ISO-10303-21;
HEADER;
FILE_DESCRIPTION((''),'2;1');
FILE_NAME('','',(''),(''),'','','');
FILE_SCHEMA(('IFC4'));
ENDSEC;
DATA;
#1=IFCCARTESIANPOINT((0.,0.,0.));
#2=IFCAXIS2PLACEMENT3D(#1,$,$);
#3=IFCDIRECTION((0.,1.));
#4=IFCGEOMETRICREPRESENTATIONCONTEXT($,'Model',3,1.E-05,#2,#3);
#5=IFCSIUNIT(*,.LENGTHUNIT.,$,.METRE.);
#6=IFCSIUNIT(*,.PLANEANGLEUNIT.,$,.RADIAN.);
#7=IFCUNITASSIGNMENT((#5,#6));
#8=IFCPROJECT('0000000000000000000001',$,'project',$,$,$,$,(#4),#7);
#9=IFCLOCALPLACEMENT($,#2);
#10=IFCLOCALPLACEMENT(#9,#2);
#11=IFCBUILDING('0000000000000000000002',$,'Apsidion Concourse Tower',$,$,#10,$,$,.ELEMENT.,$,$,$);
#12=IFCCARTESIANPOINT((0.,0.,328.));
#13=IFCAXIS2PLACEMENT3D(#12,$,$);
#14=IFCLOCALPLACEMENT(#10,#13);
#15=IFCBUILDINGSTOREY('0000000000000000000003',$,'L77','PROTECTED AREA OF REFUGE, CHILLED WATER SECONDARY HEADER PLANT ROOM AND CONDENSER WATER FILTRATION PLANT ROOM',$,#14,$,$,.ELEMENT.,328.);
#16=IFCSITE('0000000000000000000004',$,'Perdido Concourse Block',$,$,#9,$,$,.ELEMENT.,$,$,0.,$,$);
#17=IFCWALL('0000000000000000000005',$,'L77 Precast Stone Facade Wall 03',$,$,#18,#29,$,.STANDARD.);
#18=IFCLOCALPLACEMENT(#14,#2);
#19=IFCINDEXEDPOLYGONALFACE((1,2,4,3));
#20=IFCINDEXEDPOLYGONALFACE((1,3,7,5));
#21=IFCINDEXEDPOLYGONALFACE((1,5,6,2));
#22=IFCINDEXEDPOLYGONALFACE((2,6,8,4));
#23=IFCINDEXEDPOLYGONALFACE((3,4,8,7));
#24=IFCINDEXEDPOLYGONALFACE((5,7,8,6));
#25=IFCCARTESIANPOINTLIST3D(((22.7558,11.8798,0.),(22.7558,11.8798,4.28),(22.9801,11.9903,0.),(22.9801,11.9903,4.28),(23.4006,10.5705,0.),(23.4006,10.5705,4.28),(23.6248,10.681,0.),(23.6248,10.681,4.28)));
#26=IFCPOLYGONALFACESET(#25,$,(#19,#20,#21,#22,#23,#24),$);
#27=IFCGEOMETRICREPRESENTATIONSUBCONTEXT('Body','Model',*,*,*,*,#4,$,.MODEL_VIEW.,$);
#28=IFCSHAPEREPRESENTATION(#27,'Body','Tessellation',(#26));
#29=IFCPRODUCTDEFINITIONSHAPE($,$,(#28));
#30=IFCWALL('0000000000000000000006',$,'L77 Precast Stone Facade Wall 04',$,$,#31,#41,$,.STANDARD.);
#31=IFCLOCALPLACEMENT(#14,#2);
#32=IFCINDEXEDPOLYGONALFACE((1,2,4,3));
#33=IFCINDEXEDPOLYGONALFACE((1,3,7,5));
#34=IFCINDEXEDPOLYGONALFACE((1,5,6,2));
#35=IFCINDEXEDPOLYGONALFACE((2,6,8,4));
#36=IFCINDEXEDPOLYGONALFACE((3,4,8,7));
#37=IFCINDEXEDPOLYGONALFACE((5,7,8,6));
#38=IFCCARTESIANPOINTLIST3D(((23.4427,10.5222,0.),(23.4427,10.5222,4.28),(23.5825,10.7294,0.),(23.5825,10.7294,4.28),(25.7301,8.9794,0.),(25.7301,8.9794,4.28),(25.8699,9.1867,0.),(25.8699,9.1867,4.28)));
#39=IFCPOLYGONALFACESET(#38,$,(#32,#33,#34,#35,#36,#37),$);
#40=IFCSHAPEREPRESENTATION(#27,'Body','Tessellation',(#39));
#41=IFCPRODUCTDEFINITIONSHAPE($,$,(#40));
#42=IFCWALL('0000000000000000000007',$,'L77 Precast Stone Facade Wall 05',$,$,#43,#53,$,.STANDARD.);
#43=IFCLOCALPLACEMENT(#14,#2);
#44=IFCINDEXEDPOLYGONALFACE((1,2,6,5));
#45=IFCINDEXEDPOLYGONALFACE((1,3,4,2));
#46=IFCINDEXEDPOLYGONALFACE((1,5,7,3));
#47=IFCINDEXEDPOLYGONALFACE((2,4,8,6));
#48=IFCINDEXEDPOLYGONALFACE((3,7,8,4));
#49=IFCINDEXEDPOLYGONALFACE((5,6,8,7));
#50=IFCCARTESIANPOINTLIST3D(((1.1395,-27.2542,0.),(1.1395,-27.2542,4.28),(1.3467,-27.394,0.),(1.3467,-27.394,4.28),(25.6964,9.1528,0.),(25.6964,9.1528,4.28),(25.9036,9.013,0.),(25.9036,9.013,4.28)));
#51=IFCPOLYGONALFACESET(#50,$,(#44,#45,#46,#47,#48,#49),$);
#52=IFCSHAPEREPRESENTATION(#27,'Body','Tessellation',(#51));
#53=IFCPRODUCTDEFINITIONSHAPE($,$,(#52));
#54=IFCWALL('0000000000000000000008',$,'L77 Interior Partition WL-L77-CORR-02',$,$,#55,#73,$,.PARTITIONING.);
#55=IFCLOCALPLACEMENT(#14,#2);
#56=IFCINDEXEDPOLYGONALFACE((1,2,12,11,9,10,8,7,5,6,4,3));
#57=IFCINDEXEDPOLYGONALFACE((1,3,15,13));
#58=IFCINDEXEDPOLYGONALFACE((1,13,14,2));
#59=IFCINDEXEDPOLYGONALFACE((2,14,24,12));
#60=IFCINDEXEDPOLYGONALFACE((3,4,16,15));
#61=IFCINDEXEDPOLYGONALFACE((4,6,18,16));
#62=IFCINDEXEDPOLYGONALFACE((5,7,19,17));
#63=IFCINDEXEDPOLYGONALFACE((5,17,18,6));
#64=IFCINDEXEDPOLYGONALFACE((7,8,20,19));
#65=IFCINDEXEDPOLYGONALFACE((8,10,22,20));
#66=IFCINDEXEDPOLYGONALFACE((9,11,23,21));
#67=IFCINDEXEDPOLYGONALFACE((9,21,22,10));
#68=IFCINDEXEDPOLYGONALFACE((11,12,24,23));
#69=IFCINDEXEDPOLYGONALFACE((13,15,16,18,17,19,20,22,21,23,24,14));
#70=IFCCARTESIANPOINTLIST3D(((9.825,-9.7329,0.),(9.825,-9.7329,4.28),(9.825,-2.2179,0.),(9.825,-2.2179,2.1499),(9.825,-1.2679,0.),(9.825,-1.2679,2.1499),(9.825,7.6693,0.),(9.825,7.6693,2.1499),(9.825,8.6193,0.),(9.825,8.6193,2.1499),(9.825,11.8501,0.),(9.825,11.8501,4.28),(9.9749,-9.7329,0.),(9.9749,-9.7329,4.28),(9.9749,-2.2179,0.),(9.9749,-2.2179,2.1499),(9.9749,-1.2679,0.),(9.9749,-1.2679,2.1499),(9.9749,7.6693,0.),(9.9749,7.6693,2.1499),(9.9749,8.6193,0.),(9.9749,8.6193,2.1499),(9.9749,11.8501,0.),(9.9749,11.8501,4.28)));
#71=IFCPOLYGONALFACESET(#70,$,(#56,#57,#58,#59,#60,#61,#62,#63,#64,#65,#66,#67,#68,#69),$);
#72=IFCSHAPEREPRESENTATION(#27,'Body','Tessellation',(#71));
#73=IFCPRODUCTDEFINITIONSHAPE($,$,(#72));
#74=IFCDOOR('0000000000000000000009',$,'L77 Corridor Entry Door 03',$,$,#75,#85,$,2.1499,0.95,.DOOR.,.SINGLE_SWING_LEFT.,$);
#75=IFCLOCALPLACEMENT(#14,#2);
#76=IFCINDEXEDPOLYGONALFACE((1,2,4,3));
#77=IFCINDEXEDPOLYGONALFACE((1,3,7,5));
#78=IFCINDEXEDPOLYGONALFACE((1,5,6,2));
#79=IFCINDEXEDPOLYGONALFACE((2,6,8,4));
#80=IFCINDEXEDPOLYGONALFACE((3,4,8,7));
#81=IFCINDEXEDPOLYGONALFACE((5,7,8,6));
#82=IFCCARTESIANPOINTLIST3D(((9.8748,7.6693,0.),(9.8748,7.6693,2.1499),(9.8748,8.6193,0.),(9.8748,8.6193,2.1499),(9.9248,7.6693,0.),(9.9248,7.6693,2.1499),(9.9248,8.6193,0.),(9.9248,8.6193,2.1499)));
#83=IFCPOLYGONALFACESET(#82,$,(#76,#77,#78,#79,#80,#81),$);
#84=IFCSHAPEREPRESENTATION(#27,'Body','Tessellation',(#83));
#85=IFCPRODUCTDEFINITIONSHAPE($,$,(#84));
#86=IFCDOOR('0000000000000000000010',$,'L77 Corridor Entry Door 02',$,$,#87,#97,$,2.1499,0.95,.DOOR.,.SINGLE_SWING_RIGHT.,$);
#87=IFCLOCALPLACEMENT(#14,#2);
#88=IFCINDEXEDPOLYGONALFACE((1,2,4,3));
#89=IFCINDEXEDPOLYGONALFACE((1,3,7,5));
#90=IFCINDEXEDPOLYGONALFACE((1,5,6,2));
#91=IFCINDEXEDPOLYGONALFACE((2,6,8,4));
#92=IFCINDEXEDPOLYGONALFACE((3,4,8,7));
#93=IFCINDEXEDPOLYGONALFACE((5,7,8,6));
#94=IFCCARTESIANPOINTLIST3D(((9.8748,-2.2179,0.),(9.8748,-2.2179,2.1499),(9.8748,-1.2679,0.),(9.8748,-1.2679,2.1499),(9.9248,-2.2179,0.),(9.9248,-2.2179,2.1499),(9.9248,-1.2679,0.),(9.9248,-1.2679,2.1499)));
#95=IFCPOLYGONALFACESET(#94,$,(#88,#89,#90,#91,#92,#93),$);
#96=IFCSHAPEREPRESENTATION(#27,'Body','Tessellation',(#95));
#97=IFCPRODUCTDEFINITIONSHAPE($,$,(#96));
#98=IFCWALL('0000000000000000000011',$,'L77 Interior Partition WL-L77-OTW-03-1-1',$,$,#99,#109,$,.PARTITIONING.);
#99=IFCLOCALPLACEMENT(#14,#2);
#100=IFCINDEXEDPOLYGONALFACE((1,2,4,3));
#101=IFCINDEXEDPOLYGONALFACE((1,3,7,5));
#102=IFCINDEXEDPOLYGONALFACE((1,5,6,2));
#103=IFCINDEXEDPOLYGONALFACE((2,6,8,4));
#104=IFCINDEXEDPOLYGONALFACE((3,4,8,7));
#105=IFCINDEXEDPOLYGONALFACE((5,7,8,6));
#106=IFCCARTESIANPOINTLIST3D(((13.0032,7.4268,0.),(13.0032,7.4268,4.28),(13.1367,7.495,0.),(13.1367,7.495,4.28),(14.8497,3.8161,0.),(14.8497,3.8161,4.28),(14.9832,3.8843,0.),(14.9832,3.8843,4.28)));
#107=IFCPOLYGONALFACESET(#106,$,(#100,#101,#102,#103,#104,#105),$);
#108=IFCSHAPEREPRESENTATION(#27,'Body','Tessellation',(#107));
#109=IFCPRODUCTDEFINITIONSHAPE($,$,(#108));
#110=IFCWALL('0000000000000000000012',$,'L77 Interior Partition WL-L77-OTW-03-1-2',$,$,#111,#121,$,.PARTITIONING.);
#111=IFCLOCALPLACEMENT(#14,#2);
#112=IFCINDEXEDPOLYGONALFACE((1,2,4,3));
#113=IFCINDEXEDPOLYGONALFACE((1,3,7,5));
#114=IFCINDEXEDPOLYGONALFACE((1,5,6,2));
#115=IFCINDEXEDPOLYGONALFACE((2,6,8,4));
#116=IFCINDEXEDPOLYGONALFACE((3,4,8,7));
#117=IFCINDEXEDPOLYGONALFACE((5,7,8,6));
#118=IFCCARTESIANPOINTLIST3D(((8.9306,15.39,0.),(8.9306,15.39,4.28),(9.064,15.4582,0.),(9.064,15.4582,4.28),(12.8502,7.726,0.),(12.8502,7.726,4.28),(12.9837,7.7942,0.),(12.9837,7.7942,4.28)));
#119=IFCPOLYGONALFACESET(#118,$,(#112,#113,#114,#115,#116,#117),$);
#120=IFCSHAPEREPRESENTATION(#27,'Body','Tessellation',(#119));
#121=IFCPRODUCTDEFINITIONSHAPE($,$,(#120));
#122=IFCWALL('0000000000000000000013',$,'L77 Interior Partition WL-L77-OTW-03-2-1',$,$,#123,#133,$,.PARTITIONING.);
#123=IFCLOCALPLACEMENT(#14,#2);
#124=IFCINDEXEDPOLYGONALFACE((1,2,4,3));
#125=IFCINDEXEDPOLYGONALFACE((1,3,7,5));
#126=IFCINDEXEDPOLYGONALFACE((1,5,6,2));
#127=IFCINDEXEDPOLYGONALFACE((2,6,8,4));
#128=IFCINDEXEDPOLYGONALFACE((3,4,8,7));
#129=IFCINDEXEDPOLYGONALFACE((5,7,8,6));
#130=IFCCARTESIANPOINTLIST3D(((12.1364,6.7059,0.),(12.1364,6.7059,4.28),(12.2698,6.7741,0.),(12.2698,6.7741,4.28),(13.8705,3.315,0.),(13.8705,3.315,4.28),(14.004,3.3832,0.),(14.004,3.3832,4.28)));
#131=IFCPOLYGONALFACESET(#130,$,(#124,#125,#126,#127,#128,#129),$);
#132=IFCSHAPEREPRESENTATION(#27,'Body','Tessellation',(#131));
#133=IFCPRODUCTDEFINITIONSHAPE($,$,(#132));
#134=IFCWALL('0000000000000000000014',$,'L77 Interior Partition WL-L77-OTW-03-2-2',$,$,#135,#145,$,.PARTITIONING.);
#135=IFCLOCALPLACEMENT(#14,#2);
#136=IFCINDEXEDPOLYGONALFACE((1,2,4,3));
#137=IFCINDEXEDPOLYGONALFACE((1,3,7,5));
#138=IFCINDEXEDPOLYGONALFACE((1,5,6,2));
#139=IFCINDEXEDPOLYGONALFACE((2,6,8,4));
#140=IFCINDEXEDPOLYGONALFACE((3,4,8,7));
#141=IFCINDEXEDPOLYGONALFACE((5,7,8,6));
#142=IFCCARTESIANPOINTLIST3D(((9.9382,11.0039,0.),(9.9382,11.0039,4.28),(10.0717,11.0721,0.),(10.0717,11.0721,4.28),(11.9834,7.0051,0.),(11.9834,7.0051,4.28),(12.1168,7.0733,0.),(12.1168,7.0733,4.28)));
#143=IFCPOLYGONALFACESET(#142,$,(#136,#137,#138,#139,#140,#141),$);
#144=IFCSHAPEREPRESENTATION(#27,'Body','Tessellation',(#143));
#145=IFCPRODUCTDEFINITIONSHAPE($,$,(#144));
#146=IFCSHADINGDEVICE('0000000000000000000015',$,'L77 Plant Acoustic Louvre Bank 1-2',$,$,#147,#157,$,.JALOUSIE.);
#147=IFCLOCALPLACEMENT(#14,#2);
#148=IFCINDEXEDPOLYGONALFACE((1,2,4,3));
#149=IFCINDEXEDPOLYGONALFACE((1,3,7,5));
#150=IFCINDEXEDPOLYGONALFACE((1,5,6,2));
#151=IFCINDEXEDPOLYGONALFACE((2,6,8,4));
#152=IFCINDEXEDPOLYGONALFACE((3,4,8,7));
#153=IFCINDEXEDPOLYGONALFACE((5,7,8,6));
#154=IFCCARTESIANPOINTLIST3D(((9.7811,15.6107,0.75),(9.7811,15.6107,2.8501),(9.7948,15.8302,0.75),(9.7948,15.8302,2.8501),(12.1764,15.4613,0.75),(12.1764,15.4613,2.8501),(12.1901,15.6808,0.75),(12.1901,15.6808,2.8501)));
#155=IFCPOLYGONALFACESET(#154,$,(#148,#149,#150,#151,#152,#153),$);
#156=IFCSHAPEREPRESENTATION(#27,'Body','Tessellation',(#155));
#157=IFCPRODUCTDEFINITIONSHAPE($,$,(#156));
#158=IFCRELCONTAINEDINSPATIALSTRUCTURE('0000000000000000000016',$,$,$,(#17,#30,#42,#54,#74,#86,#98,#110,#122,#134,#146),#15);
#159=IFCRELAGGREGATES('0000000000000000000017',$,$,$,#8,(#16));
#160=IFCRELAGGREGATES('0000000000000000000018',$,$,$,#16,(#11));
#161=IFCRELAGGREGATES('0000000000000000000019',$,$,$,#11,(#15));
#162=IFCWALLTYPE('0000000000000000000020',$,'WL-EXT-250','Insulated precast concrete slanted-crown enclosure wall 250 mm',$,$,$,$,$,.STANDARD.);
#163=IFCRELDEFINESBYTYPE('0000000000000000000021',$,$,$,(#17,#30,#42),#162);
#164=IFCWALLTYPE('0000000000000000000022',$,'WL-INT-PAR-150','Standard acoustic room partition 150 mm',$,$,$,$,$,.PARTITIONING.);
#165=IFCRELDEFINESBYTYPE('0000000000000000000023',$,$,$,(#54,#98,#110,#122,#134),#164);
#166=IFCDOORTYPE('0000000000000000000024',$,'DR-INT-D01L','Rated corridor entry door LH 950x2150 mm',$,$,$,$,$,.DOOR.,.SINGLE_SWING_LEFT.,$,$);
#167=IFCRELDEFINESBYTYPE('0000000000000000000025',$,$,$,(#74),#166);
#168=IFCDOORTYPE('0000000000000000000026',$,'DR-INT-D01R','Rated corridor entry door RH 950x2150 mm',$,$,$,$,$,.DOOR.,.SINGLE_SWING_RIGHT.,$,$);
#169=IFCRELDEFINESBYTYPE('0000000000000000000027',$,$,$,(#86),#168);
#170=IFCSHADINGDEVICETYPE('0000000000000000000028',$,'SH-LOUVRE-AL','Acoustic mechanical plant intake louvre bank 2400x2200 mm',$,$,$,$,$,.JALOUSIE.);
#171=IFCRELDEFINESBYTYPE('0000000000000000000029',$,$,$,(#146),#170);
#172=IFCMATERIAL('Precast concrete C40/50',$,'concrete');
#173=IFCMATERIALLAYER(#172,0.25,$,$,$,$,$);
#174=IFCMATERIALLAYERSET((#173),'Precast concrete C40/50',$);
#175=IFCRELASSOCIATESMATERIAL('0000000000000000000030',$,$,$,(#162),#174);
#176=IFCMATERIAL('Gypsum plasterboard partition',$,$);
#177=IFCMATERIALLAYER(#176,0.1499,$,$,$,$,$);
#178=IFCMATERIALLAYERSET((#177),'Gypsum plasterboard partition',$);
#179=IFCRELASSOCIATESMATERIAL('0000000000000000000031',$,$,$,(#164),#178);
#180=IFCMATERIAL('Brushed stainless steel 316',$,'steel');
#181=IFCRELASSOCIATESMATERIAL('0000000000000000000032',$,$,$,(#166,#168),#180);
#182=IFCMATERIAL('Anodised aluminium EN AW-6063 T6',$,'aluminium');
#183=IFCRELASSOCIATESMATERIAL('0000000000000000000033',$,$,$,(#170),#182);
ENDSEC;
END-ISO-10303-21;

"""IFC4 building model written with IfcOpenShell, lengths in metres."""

from ifc_helpers import new_model, si_unit, direction, frame, frame_2d, origin, origin_2d, place, context, subcontext, project, spatial, rectangle, extrude, material, layer, layer_set, type_object, element, fill, save


model = new_model("IFC4")

# Units and contexts
model_context = context("Model", 3, precision=1e-05, world=origin(), true_north=direction((0.0, 1.0)))
body_context = subcontext(model_context, "Body", "Model", "MODEL_VIEW")
ifc_project = project(units=[si_unit("LENGTHUNIT", "METRE"), si_unit("PLANEANGLEUNIT", "RADIAN")], contexts=[model_context])

# Site, building, storey
site_placement = place(None, origin())
site = spatial("IfcSite", under=ifc_project, at=site_placement, Name="Perdido Concourse Block", CompositionType="ELEMENT", RefElevation=0.0)
building_placement = place(site_placement, origin())
building = spatial("IfcBuilding", under=site, at=building_placement, Name="Apsidion Concourse Tower", CompositionType="ELEMENT")
storey_placement = place(building_placement, frame((0.0, 0.0, 328.0)))
storey = spatial("IfcBuildingStorey", under=building, at=storey_placement, Name="L77", Description="PROTECTED AREA OF REFUGE, CHILLED WATER SECONDARY HEADER PLANT ROOM AND CONDENSER WATER FILTRATION PLANT ROOM", CompositionType="ELEMENT", Elevation=328.0)

# Walls
ifc_material_1 = material(Name="Precast concrete C40/50", Category="concrete")
ifc_layer_1 = layer(ifc_material_1, 0.25)
ifc_layer_set_1 = layer_set([ifc_layer_1], Name="Precast concrete C40/50")
wall_type_1 = type_object("IfcWallType", Name="WL-EXT-250", Description="Insulated precast concrete slanted-crown enclosure wall 250 mm", PredefinedType="STANDARD", material=ifc_layer_set_1)
wall_1_placement = place(storey_placement, frame((22.8679, 11.9351, 0.0), z_axis=(0.0, 0.0, 1.0), x_axis=(0.441786, -0.897121, 0.0)))
element("IfcWall", 1, at=wall_1_placement, inside=storey, type_object=wall_type_1, Name="L77 Precast Stone Facade Wall 03", PredefinedType="STANDARD", context=body_context, shape_type="SweptSolid", body=[
    extrude(rectangle(XDim=1.4595, YDim=0.25, at=frame_2d((0.7297, 0.0))), origin(), (0.0, 0.0, 1.0), 4.28),
])
wall_2_placement = place(storey_placement, frame((23.5127, 10.6257, 0.0), z_axis=(0.0, 0.0, 1.0), x_axis=(0.829057, -0.559164, 0.0)))
element("IfcWall", 2, at=wall_2_placement, inside=storey, type_object=wall_type_1, Name="L77 Precast Stone Facade Wall 04", PredefinedType="STANDARD", context=body_context, shape_type="SweptSolid", body=[
    extrude(rectangle(XDim=2.759, YDim=0.25, at=frame_2d((1.3794, 0.0))), origin(), (0.0, 0.0, 1.0), 4.28),
])
wall_3_placement = place(storey_placement, frame((25.8, 9.083, 0.0), z_axis=(0.0, 0.0, 1.0), x_axis=(-0.559194, -0.829037, 0.0)))
element("IfcWall", 3, at=wall_3_placement, inside=storey, type_object=wall_type_1, Name="L77 Precast Stone Facade Wall 05", PredefinedType="STANDARD", context=body_context, shape_type="SweptSolid", body=[
    extrude(rectangle(XDim=43.9148, YDim=0.25, at=frame_2d((21.9575, 0.0))), origin(), (0.0, 0.0, 1.0), 4.28),
])

# Wall, openings, doors
ifc_material_2 = material(Name="Gypsum plasterboard partition")
ifc_layer_2 = layer(ifc_material_2, 0.1499)
ifc_layer_set_2 = layer_set([ifc_layer_2], Name="Gypsum plasterboard partition")
wall_type_2 = type_object("IfcWallType", Name="WL-INT-PAR-150", Description="Standard acoustic room partition 150 mm", PredefinedType="PARTITIONING", material=ifc_layer_set_2)
wall_4_placement = place(storey_placement, frame((9.8999, 11.8501, 0.0), z_axis=(0.0, 0.0, 1.0), x_axis=(0.0, -1.0, 0.0)))
wall_4 = element("IfcWall", 4, at=wall_4_placement, inside=storey, type_object=wall_type_2, Name="L77 Interior Partition WL-L77-CORR-02", PredefinedType="PARTITIONING", context=body_context, shape_type="SweptSolid", body=[
    extrude(rectangle(XDim=21.583, YDim=0.1499, at=frame_2d((10.7915, 0.0))), origin(), (0.0, 0.0, 1.0), 4.28),
])
opening_1_placement = place(wall_4_placement, frame((13.1179, 0.0, 0.0)))
opening_1 = element("IfcOpeningElement", 5, at=opening_1_placement, cuts=wall_4, PredefinedType="OPENING", context=body_context, shape_type="SweptSolid", body=[
    extrude(rectangle(XDim=0.95, YDim=2.1499, at=frame_2d((0.4751, 1.075))), frame((0.0, 0.085, 0.0), z_axis=(0.0, -1.0, 0.0), x_axis=(1.0, 0.0, 0.0)), (0.0, 0.0, 1.0), 0.1699),
])
opening_2_placement = place(wall_4_placement, frame((3.2307, 0.0, 0.0)))
opening_2 = element("IfcOpeningElement", 6, at=opening_2_placement, cuts=wall_4, PredefinedType="OPENING", context=body_context, shape_type="SweptSolid", body=[
    extrude(rectangle(XDim=0.95, YDim=2.1499, at=frame_2d((0.4751, 1.075))), frame((0.0, 0.085, 0.0), z_axis=(0.0, -1.0, 0.0), x_axis=(1.0, 0.0, 0.0)), (0.0, 0.0, 1.0), 0.1699),
])
ifc_material_3 = material(Name="Brushed stainless steel 316", Category="steel")
door_type_1 = type_object("IfcDoorType", Name="DR-INT-D01L", Description="Rated corridor entry door LH 950x2150 mm", OperationType="SINGLE_SWING_LEFT", PredefinedType="DOOR", material=ifc_material_3)
door_1_placement = place(opening_2_placement, origin())
door_1 = element("IfcDoor", 7, at=door_1_placement, inside=storey, type_object=door_type_1, Name="L77 Corridor Entry Door 03", OperationType="SINGLE_SWING_LEFT", OverallHeight=2.1499, OverallWidth=0.95, PredefinedType="DOOR", context=body_context, shape_type="SweptSolid", body=[
    extrude(rectangle(XDim=0.95, YDim=2.1499, at=frame_2d((0.4751, 1.075))), frame((0.0, 0.0249, 0.0), z_axis=(0.0, -1.0, 0.0), x_axis=(1.0, 0.0, 0.0)), (0.0, 0.0, 1.0), 0.05),
])
fill(opening_2, door_1)
door_type_2 = type_object("IfcDoorType", Name="DR-INT-D01R", Description="Rated corridor entry door RH 950x2150 mm", OperationType="SINGLE_SWING_RIGHT", PredefinedType="DOOR", material=ifc_material_3)
door_2_placement = place(opening_1_placement, origin())
door_2 = element("IfcDoor", 8, at=door_2_placement, inside=storey, type_object=door_type_2, Name="L77 Corridor Entry Door 02", OperationType="SINGLE_SWING_RIGHT", OverallHeight=2.1499, OverallWidth=0.95, PredefinedType="DOOR", context=body_context, shape_type="SweptSolid", body=[
    extrude(rectangle(XDim=0.95, YDim=2.1499, at=frame_2d((0.4751, 1.075))), frame((0.0, 0.0249, 0.0), z_axis=(0.0, -1.0, 0.0), x_axis=(1.0, 0.0, 0.0)), (0.0, 0.0, 1.0), 0.05),
])
fill(opening_1, door_2)

# Walls
wall_5_placement = place(storey_placement, frame((14.9165, 3.8501, 0.0), z_axis=(0.0, 0.0, 1.0), x_axis=(-0.45531, 0.890333, 0.0)))
element("IfcWall", 9, at=wall_5_placement, inside=storey, type_object=wall_type_2, Name="L77 Interior Partition WL-L77-OTW-03-1-1", PredefinedType="PARTITIONING", context=body_context, shape_type="SweptSolid", body=[
    extrude(rectangle(XDim=4.0554, YDim=0.1499, at=frame_2d((2.0278, 0.0))), origin(), (0.0, 0.0, 1.0), 4.28),
])
wall_6_placement = place(storey_placement, frame((12.917, 7.76, 0.0), z_axis=(0.0, 0.0, 1.0), x_axis=(-0.45534, 0.890317, 0.0)))
element("IfcWall", 10, at=wall_6_placement, inside=storey, type_object=wall_type_2, Name="L77 Interior Partition WL-L77-OTW-03-1-2", PredefinedType="PARTITIONING", context=body_context, shape_type="SweptSolid", body=[
    extrude(rectangle(XDim=8.6082, YDim=0.1499, at=frame_2d((4.3042, 0.0))), origin(), (0.0, 0.0, 1.0), 4.28),
])
wall_7_placement = place(storey_placement, frame((13.9373, 3.3491, 0.0), z_axis=(0.0, 0.0, 1.0), x_axis=(-0.455323, 0.890326, 0.0)))
element("IfcWall", 11, at=wall_7_placement, inside=storey, type_object=wall_type_2, Name="L77 Interior Partition WL-L77-OTW-03-2-1", PredefinedType="PARTITIONING", context=body_context, shape_type="SweptSolid", body=[
    extrude(rectangle(XDim=3.8086, YDim=0.1499, at=frame_2d((1.9043, 0.0))), origin(), (0.0, 0.0, 1.0), 4.28),
])
wall_8_placement = place(storey_placement, frame((12.05, 7.0393, 0.0), z_axis=(0.0, 0.0, 1.0), x_axis=(-0.455349, 0.890313, 0.0)))
element("IfcWall", 12, at=wall_8_placement, inside=storey, type_object=wall_type_2, Name="L77 Interior Partition WL-L77-OTW-03-2-2", PredefinedType="PARTITIONING", context=body_context, shape_type="SweptSolid", body=[
    extrude(rectangle(XDim=4.4915, YDim=0.1499, at=frame_2d((2.2456, 0.0))), origin(), (0.0, 0.0, 1.0), 4.28),
])

# Shading device
ifc_material_4 = material(Name="Anodised aluminium EN AW-6063 T6", Category="aluminium")
shading_device_type = type_object("IfcShadingDeviceType", Name="SH-LOUVRE-AL", Description="Acoustic mechanical plant intake louvre bank 2400x2200 mm", PredefinedType="JALOUSIE", material=ifc_material_4)
shading_device_placement = place(storey_placement, frame((10.9856, 15.6458, 0.75), z_axis=(0.0, 0.0, 1.0), x_axis=(0.998059, -0.062268, 0.0)))
element("IfcShadingDevice", 13, at=shading_device_placement, inside=storey, type_object=shading_device_type, Name="L77 Plant Acoustic Louvre Bank 1-2", PredefinedType="JALOUSIE", context=body_context, shape_type="SweptSolid", body=[
    extrude(rectangle(XDim=2.3999, YDim=0.22, at=origin_2d()), origin(), (0.0, 0.0, 1.0), 2.1001),
])

save(model, "model.ifc")
